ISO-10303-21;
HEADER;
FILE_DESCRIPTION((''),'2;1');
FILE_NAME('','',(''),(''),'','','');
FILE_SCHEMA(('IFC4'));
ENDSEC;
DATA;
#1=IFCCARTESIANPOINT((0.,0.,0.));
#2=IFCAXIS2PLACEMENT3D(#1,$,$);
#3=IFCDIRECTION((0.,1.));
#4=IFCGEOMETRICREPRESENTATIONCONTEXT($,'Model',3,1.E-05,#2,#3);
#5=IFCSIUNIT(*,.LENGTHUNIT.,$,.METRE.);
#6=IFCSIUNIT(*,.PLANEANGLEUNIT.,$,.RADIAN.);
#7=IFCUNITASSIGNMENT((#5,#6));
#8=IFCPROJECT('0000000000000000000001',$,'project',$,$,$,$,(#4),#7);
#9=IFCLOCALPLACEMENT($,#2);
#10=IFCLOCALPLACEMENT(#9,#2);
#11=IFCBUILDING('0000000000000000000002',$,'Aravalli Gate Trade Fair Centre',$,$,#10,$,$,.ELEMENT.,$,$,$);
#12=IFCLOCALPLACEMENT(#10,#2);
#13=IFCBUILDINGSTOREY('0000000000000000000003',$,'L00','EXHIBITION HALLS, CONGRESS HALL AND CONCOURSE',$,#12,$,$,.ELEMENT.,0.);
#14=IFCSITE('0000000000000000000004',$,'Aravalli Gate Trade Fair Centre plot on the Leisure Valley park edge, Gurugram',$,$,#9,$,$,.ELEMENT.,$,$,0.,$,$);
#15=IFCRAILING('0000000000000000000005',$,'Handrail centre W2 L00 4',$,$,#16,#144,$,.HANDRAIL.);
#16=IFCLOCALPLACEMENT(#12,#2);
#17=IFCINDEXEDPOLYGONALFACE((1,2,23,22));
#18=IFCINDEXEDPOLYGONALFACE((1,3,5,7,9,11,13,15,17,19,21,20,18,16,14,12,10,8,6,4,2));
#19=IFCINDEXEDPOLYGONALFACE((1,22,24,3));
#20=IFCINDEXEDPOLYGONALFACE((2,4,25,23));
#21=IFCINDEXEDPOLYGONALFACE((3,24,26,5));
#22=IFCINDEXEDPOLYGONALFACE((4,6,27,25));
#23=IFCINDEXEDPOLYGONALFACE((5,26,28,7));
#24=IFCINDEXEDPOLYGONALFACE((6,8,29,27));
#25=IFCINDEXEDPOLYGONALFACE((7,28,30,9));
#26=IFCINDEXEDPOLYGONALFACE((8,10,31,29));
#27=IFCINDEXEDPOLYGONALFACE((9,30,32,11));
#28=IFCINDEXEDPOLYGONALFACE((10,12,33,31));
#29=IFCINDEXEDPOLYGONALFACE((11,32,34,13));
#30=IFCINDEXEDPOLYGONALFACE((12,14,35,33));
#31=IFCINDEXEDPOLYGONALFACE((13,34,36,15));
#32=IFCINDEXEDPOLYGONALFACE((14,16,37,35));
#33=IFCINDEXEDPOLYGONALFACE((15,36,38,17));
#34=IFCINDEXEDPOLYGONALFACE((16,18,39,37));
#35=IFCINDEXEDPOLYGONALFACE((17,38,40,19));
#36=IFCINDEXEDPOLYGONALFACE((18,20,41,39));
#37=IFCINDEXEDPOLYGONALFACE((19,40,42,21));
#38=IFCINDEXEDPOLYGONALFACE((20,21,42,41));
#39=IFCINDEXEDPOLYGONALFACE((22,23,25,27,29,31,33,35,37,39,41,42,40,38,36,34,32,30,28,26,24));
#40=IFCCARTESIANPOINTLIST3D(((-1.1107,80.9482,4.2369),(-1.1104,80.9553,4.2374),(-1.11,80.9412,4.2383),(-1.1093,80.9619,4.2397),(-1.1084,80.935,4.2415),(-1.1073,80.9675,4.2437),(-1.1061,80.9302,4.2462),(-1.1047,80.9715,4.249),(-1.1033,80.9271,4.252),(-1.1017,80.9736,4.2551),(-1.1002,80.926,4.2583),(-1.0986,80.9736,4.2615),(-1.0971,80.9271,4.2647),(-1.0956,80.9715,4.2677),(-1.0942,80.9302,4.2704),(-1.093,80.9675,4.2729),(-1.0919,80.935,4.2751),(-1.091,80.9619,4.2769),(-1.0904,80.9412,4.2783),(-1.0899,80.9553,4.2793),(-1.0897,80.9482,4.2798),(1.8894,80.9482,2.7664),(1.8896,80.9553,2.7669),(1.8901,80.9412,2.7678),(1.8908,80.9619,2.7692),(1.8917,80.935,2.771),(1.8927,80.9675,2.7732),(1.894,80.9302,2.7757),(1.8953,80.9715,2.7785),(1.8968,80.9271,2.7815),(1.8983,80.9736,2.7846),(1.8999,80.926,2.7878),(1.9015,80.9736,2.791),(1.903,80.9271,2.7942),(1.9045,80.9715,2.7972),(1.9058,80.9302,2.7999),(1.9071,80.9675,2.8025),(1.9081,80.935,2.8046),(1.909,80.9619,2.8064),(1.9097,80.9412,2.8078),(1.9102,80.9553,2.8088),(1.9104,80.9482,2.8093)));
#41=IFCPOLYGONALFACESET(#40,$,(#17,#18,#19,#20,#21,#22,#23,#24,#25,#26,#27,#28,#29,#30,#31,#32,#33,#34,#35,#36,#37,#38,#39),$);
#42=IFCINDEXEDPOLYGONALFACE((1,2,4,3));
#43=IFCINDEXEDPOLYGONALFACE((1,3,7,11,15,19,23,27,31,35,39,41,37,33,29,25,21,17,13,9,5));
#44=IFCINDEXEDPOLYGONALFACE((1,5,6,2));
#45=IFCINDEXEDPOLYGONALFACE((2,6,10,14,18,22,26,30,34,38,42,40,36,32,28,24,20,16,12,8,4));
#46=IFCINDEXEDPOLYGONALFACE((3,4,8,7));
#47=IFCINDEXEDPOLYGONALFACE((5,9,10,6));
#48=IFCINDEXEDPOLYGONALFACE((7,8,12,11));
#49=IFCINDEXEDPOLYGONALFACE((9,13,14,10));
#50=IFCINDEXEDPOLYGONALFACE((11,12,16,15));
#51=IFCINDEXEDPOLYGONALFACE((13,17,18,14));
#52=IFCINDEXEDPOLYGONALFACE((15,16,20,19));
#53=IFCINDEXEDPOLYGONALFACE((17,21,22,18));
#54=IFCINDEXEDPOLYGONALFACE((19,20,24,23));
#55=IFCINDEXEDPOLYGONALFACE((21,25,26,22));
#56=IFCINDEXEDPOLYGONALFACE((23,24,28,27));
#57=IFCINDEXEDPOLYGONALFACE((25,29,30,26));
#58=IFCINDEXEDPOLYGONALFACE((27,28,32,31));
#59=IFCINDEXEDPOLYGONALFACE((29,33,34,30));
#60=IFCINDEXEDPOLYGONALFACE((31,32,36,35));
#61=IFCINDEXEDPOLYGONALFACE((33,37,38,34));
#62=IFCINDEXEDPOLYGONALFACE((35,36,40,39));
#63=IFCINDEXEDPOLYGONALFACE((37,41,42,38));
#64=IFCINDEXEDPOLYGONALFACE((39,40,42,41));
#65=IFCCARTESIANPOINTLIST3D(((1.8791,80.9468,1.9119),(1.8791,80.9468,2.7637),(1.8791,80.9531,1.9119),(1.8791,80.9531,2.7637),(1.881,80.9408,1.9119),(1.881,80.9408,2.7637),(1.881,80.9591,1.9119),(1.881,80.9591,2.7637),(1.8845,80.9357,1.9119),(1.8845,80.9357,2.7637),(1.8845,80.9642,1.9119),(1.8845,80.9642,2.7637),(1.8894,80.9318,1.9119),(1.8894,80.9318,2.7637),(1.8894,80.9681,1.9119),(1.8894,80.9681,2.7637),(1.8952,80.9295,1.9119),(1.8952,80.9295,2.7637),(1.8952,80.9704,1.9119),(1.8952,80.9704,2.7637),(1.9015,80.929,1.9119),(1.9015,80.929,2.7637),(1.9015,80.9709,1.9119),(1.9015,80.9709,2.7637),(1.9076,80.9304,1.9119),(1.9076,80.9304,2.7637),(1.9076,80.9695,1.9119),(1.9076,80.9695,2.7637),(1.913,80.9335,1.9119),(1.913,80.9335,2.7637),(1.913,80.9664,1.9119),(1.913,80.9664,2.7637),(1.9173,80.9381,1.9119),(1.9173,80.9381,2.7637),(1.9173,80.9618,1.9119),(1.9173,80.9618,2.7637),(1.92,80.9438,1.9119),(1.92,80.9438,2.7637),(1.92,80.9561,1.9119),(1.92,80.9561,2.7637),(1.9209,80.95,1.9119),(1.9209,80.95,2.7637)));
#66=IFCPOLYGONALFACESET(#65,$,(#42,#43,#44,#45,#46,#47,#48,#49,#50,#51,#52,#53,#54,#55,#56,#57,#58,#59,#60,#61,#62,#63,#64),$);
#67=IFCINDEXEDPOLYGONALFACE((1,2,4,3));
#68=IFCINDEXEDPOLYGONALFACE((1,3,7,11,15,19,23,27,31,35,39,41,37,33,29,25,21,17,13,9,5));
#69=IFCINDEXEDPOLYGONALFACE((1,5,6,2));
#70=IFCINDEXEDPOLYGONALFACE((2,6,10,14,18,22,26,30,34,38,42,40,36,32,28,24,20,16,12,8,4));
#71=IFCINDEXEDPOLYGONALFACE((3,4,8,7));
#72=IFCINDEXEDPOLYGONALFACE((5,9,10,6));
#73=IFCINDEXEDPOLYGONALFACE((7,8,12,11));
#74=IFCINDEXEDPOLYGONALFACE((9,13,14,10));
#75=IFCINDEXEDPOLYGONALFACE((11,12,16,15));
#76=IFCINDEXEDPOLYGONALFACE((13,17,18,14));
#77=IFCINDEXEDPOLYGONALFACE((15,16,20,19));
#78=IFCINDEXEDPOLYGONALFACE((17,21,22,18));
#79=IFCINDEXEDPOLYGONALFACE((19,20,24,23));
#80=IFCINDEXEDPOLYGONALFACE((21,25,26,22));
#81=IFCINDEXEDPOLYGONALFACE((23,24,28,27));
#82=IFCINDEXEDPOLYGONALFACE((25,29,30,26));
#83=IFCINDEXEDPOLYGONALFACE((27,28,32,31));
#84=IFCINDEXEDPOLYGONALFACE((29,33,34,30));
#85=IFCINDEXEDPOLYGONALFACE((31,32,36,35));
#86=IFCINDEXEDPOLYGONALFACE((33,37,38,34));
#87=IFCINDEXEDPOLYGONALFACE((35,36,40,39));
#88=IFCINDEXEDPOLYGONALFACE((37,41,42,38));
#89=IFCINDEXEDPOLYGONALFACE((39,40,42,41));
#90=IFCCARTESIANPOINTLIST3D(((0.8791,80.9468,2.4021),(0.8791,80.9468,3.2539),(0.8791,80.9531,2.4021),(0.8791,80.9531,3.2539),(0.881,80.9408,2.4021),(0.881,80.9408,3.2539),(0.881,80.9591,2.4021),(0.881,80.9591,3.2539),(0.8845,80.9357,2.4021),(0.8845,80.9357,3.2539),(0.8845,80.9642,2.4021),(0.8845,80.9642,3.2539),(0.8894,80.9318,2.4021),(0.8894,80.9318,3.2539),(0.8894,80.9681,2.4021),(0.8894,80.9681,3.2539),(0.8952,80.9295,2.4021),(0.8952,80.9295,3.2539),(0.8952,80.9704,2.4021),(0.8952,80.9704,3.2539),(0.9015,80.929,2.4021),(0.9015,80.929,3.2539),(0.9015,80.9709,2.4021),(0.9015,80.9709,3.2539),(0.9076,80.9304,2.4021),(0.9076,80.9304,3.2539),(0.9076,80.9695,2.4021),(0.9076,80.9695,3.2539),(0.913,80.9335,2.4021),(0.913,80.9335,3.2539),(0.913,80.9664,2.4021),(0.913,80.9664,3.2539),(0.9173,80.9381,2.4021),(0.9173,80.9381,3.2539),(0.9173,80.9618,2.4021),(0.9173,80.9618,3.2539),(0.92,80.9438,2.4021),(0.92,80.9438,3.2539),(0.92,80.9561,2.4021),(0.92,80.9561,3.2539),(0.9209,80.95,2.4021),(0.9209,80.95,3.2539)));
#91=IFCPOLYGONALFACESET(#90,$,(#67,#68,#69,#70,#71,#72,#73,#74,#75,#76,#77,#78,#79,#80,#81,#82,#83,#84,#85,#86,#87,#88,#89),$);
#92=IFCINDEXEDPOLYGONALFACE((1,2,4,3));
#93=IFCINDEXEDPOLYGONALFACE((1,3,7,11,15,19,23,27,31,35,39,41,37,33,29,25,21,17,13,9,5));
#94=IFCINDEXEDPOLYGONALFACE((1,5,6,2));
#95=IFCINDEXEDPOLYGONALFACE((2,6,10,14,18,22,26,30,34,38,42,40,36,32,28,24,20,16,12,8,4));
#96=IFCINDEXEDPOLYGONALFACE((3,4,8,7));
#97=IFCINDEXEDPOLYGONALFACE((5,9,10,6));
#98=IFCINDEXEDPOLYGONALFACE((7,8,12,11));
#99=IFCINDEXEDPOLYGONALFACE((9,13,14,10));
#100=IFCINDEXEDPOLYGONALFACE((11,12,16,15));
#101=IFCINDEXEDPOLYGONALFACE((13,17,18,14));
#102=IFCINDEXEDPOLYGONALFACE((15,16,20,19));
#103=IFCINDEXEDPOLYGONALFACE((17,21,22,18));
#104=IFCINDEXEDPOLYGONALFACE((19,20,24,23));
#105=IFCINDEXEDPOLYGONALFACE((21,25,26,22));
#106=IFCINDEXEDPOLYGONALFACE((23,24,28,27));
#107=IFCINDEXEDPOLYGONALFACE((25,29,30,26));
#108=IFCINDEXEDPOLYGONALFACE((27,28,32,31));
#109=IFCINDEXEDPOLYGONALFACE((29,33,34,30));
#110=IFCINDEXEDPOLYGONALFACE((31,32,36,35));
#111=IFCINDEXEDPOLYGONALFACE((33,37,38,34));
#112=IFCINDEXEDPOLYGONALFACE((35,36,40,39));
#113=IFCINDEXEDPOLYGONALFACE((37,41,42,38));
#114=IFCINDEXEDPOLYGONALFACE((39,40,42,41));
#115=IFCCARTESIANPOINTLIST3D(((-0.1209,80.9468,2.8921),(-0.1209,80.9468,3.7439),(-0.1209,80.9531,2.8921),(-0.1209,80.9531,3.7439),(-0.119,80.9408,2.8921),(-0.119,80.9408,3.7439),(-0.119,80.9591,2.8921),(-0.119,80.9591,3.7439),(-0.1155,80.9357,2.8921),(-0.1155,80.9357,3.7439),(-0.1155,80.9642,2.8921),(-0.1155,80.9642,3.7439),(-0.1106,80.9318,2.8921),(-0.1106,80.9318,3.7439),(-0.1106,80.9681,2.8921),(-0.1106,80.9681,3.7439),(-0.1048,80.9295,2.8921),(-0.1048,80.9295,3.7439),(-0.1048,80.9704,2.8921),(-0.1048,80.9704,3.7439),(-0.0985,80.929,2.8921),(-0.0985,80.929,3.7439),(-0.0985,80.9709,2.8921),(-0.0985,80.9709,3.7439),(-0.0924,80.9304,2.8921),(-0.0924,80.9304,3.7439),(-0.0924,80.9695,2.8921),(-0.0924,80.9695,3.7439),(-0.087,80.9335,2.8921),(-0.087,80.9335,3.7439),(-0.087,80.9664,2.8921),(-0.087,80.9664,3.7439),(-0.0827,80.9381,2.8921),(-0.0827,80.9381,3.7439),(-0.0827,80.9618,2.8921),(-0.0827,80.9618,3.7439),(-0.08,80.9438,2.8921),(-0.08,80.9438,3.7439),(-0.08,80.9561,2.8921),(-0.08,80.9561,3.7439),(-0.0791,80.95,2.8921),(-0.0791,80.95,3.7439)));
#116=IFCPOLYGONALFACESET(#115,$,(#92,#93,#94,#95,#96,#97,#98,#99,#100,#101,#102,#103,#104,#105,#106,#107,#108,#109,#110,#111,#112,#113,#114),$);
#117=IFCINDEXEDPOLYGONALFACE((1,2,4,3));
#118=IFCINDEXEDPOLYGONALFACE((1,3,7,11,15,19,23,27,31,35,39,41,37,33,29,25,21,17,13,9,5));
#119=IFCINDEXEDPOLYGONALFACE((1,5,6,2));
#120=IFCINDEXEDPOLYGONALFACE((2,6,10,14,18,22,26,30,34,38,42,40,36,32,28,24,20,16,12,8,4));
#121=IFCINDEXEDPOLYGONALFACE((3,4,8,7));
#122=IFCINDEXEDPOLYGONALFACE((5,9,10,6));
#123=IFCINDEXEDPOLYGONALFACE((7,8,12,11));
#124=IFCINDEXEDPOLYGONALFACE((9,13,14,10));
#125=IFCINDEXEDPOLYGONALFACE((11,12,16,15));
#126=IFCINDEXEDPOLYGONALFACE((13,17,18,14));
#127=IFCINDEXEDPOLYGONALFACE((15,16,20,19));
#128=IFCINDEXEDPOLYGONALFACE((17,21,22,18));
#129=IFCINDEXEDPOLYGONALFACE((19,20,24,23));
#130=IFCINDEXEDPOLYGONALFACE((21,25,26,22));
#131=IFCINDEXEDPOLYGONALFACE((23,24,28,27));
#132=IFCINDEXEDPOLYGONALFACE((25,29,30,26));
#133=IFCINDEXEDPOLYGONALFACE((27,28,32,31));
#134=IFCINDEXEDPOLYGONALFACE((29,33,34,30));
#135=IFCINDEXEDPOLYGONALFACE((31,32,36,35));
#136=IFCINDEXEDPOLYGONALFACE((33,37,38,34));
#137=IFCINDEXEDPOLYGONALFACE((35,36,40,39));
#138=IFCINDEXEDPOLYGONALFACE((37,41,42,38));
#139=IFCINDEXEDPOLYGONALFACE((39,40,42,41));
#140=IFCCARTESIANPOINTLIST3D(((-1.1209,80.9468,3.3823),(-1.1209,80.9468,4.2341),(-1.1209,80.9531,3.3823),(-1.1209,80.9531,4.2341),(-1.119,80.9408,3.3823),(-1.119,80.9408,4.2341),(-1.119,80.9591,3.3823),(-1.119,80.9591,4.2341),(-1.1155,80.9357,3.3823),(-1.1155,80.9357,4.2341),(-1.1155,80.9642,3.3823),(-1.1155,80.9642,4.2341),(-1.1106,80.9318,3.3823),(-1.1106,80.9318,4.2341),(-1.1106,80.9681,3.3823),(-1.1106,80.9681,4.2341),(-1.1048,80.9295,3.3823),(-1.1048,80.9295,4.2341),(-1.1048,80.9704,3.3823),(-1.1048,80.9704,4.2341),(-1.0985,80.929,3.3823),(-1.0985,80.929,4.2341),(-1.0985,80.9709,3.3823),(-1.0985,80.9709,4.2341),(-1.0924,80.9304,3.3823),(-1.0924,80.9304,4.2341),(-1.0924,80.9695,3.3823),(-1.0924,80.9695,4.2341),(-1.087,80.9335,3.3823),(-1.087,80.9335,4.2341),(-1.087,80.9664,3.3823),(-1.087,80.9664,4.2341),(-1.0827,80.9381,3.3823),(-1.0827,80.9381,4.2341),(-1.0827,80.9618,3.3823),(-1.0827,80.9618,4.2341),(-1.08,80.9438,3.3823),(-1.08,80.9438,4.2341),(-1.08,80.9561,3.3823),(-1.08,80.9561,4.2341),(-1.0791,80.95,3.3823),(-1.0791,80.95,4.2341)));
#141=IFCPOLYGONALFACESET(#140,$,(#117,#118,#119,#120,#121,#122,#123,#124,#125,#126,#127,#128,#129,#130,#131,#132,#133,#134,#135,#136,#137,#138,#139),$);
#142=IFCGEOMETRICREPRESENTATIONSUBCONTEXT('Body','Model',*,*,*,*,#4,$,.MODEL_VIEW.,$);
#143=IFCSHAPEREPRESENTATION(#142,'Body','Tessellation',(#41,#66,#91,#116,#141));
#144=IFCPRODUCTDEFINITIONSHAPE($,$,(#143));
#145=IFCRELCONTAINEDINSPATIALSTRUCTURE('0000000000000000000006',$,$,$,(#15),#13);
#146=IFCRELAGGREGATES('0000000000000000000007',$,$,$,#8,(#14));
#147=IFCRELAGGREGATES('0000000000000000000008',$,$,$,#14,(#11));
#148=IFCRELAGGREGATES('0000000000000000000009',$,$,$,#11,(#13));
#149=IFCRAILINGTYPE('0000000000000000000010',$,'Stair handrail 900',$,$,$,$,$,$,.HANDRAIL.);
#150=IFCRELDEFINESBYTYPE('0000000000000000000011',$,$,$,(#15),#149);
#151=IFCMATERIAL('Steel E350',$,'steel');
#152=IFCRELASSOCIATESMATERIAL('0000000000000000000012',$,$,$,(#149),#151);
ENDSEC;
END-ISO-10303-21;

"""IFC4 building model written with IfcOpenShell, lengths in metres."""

from ifc_helpers import new_model, si_unit, direction, frame, origin, origin_2d, place, context, subcontext, project, spatial, circle, extrude, material, type_object, element, save


model = new_model("IFC4")

# Units and contexts
model_context = context("Model", 3, precision=1e-05, world=origin(), true_north=direction((0.0, 1.0)))
body_context = subcontext(model_context, "Body", "Model", "MODEL_VIEW")
ifc_project = project(units=[si_unit("LENGTHUNIT", "METRE"), si_unit("PLANEANGLEUNIT", "RADIAN")], contexts=[model_context])

# Site, building, storey
site_placement = place(None, origin())
site = spatial("IfcSite", under=ifc_project, at=site_placement, Name="Aravalli Gate Trade Fair Centre plot on the Leisure Valley park edge, Gurugram", CompositionType="ELEMENT", RefElevation=0.0)
building_placement = place(site_placement, origin())
building = spatial("IfcBuilding", under=site, at=building_placement, Name="Aravalli Gate Trade Fair Centre", CompositionType="ELEMENT")
storey_placement = place(building_placement, origin())
storey = spatial("IfcBuildingStorey", under=building, at=storey_placement, Name="L00", Description="EXHIBITION HALLS, CONGRESS HALL AND CONCOURSE", CompositionType="ELEMENT", Elevation=0.0)

# Railing
ifc_material_1 = material(Name="Steel E350", Category="steel")
railing_type = type_object("IfcRailingType", Name="Stair handrail 900", PredefinedType="HANDRAIL", material=ifc_material_1)
for number, where, name in (
    (1, (1.8999, 80.95, 1.9119), "Handrail centre W2 L00 4"),
):
    element("IfcRailing", number, at=place(storey_placement, frame(where)), inside=storey, type_object=railing_type, Name=name, PredefinedType="HANDRAIL", context=body_context, shape_type="SweptSolid", body=[
        extrude(circle(Radius=0.0239, at=origin_2d()), frame((0.0, 0.0, 0.876), z_axis=(-0.897936, 0.0, 0.440126), x_axis=(0.0, -1.0, 0.0)), (0.0, 0.0, 1.0), 3.3411),
        extrude(circle(Radius=0.021, at=origin_2d()), origin(), (0.0, 0.0, 1.0), 0.8518),
        extrude(circle(Radius=0.021, at=origin_2d()), frame((-1.0, 0.0, 0.4902)), (0.0, 0.0, 1.0), 0.8518),
        extrude(circle(Radius=0.021, at=origin_2d()), frame((-2.0, 0.0, 0.9802)), (0.0, 0.0, 1.0), 0.8518),
        extrude(circle(Radius=0.021, at=origin_2d()), frame((-3.0, 0.0, 1.4705)), (0.0, 0.0, 1.0), 0.8518),
    ])

save(model, "model.ifc")
